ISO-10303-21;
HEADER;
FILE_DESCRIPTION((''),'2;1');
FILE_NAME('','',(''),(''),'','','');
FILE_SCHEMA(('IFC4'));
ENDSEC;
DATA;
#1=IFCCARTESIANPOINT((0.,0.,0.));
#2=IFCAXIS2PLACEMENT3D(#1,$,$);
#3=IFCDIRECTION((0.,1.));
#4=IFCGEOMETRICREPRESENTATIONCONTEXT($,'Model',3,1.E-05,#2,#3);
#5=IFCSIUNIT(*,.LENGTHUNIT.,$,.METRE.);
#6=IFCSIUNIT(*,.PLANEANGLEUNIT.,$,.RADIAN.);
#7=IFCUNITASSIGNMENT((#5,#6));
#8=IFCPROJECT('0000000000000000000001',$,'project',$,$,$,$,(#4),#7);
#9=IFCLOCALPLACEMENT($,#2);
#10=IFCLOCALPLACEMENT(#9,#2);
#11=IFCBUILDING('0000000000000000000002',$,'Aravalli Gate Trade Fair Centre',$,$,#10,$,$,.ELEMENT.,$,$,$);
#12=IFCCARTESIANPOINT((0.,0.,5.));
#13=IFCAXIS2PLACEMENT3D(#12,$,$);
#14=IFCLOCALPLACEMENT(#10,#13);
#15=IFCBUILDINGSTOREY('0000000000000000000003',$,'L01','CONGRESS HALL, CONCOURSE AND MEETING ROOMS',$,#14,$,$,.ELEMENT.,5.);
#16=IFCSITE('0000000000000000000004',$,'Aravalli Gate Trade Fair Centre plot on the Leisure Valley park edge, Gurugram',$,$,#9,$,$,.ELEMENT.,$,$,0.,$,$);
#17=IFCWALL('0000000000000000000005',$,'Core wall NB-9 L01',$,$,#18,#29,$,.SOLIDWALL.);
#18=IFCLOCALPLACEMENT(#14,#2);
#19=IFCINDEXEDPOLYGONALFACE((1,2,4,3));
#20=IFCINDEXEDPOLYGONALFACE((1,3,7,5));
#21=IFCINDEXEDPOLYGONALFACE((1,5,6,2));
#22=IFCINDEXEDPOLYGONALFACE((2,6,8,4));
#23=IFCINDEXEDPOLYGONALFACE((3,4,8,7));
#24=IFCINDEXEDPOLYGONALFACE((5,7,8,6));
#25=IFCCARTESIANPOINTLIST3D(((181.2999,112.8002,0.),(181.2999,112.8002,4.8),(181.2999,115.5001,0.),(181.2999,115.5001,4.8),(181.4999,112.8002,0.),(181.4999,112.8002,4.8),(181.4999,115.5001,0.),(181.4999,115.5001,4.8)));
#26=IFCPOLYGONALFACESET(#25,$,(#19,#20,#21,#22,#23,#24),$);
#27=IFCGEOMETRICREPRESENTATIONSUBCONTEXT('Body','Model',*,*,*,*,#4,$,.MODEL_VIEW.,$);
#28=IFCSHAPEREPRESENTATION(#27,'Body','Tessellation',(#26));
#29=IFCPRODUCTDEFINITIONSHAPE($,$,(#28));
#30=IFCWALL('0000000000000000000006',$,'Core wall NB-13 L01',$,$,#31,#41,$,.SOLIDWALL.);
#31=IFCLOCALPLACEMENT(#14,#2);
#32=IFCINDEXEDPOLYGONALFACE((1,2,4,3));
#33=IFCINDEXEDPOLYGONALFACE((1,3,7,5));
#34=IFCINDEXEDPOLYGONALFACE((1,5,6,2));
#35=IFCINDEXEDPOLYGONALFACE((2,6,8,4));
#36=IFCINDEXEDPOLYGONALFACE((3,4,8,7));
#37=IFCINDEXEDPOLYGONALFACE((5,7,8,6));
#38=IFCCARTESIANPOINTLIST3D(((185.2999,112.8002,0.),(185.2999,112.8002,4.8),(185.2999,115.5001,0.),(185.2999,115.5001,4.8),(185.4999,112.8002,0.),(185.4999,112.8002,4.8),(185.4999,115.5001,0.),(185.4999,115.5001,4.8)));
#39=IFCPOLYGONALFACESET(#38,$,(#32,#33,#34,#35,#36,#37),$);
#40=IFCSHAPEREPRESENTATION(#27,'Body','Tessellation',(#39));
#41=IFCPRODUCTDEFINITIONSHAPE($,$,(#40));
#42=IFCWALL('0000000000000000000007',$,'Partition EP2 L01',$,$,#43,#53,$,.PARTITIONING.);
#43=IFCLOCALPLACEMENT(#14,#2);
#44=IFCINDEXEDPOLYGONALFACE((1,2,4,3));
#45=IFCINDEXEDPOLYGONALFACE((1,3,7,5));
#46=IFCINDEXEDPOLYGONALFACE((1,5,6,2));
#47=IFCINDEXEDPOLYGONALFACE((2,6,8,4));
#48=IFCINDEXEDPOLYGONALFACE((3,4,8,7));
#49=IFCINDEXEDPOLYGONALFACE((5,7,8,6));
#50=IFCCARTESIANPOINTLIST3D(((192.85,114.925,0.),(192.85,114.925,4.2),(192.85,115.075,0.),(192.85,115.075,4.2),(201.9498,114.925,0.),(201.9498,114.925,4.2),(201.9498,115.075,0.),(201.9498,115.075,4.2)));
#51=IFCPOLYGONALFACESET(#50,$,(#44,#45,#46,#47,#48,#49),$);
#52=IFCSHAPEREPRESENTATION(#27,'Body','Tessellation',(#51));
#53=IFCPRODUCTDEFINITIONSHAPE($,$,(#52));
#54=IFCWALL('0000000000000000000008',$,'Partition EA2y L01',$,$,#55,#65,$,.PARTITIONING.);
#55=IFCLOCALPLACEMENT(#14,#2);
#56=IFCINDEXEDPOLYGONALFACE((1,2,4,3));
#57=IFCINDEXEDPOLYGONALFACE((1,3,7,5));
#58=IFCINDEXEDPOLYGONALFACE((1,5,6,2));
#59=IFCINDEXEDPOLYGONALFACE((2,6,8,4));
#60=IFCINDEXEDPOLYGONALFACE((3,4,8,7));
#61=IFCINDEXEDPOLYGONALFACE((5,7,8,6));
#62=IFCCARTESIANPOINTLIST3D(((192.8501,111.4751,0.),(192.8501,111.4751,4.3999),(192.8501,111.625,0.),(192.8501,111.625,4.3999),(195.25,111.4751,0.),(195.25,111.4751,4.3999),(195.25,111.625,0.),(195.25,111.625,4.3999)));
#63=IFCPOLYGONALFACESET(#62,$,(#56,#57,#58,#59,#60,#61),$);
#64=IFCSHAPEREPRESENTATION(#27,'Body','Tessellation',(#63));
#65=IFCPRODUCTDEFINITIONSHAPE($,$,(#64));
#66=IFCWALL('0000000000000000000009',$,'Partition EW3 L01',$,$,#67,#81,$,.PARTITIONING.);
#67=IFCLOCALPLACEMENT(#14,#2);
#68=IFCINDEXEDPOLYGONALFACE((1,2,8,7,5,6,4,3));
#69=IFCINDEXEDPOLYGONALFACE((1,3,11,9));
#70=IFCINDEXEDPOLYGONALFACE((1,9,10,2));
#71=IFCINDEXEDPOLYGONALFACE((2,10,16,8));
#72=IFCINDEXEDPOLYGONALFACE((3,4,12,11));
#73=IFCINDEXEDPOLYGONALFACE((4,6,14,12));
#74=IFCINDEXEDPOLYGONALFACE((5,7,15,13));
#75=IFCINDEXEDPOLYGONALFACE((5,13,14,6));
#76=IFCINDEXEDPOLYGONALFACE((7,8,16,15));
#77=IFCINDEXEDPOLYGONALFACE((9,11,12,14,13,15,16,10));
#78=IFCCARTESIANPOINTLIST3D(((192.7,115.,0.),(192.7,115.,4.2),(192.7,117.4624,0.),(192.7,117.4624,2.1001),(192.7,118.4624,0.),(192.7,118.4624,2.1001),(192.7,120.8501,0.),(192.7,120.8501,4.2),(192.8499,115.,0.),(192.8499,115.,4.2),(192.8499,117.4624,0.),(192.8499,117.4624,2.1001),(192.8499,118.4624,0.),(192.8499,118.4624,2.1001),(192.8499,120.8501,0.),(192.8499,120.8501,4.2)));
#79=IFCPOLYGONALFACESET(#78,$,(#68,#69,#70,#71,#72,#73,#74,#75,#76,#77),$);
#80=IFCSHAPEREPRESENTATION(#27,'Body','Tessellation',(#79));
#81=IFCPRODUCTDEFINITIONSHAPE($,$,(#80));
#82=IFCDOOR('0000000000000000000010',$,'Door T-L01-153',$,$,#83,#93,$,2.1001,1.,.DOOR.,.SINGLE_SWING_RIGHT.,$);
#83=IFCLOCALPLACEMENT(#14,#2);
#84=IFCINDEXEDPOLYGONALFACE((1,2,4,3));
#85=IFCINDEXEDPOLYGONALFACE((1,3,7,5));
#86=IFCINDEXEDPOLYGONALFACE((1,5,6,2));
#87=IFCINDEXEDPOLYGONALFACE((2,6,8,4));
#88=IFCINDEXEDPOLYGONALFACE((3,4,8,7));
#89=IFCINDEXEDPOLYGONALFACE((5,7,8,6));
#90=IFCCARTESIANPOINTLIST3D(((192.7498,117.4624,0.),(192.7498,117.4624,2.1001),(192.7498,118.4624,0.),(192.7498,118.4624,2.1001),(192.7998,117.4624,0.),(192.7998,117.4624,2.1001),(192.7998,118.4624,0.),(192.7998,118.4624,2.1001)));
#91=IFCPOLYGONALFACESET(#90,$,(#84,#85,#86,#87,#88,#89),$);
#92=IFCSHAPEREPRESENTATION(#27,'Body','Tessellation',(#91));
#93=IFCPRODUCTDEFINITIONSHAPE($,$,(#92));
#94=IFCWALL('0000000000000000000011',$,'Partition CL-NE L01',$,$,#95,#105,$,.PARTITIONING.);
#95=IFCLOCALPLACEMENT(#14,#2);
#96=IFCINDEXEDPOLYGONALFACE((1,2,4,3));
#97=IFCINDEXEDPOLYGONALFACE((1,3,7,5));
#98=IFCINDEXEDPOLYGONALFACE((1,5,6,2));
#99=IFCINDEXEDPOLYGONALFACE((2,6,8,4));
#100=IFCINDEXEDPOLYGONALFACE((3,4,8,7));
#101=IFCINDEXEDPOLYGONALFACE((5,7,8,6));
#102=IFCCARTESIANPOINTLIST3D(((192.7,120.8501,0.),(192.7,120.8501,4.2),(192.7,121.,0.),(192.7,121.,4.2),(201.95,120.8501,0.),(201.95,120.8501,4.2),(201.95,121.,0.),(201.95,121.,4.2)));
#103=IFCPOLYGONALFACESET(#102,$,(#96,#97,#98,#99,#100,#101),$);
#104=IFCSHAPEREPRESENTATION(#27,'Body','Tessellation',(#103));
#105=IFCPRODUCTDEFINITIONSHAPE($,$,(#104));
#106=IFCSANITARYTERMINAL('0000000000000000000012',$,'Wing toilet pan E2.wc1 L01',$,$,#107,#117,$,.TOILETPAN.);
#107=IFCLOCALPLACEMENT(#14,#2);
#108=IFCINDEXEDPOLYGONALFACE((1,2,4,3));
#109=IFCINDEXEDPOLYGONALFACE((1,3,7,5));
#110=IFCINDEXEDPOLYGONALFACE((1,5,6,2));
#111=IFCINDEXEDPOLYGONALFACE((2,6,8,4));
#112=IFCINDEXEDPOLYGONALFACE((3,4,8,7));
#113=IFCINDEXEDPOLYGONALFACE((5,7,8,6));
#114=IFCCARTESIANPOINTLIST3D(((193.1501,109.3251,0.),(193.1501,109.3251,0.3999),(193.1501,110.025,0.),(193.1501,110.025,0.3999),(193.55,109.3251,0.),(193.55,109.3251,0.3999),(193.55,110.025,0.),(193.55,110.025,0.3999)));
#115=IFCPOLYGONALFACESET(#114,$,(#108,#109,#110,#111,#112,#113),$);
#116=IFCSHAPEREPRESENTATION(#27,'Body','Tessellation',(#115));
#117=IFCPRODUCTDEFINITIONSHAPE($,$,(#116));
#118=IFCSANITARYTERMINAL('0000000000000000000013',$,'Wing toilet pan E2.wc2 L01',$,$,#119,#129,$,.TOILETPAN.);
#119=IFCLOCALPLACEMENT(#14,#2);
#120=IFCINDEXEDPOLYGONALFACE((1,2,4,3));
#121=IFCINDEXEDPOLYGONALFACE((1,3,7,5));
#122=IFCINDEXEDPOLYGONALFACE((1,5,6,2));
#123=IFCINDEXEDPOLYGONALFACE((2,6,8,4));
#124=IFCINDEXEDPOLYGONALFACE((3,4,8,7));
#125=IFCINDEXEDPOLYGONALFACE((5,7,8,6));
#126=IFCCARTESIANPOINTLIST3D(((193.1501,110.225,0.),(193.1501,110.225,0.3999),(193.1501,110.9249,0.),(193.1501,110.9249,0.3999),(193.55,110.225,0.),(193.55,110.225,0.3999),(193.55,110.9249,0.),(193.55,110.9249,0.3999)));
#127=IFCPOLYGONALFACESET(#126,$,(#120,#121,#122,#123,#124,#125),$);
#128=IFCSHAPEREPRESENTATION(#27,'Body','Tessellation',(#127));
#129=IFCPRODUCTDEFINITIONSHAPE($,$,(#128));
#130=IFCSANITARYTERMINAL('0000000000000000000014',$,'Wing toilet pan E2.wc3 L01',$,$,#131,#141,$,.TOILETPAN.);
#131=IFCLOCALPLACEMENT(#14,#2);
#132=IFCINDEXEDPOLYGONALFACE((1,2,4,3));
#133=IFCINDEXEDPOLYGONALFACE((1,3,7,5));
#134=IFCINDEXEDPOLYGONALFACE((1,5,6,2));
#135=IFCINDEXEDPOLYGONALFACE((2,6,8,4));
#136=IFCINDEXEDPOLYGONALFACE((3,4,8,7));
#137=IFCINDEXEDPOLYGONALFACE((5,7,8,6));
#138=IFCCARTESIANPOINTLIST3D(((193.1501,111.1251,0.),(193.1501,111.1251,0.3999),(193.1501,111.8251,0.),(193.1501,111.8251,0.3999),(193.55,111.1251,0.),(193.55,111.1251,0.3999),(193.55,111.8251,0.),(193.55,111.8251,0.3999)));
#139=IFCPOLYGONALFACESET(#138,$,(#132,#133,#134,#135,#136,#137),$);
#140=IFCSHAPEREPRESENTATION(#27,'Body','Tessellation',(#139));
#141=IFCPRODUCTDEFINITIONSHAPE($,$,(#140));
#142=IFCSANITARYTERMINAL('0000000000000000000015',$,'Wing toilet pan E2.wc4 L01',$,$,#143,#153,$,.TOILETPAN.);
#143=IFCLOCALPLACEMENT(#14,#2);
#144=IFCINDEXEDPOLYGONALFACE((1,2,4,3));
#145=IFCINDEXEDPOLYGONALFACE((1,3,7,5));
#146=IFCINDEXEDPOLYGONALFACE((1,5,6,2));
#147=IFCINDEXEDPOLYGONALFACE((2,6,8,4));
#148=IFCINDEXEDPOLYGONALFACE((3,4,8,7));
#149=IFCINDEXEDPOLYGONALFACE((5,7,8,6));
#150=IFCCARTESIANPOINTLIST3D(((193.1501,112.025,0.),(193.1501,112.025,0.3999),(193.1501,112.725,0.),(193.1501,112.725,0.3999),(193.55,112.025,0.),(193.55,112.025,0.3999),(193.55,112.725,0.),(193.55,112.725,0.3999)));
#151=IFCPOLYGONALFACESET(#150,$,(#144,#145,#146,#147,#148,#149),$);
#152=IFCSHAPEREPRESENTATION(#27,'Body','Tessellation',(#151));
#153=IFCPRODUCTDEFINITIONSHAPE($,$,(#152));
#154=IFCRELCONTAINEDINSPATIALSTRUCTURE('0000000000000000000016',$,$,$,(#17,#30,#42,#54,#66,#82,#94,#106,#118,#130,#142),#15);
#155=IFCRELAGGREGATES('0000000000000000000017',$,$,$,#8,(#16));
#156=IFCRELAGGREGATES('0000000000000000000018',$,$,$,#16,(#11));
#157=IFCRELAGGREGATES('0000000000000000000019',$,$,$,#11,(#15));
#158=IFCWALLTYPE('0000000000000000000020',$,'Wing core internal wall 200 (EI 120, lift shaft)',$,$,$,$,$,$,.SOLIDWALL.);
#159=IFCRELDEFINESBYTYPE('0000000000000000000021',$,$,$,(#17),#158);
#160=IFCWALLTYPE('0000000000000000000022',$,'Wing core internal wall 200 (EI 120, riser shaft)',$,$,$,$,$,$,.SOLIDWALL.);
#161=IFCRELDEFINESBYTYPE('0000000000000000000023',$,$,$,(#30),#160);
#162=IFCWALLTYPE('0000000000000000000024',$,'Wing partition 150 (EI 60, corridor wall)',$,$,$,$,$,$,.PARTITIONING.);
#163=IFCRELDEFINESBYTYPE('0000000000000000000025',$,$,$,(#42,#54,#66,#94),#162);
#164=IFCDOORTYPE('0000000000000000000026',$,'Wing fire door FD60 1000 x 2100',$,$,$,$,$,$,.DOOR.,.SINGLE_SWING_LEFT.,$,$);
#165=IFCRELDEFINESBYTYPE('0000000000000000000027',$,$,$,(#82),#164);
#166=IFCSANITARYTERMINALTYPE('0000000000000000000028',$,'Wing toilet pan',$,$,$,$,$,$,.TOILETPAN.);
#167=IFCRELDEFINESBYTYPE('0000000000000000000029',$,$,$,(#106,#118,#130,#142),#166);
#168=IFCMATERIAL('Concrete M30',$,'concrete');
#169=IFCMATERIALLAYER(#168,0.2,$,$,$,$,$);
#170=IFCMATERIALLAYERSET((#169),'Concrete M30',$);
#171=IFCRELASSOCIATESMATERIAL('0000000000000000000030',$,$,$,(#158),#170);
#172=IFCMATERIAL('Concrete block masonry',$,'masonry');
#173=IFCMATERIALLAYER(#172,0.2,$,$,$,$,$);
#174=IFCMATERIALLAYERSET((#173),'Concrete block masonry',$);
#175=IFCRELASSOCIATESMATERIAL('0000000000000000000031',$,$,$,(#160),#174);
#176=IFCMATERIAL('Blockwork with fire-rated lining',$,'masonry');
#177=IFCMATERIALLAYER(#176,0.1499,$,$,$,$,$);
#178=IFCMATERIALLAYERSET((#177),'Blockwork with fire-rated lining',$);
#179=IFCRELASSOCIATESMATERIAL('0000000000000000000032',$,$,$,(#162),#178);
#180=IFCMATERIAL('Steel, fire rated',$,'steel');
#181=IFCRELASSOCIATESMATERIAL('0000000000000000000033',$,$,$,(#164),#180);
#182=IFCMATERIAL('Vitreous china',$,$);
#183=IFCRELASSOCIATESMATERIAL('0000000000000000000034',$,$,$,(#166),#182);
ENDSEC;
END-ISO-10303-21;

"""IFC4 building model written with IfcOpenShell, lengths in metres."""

from ifc_helpers import new_model, si_unit, direction, frame, frame_2d, origin, origin_2d, place, context, subcontext, project, spatial, rectangle, extrude, material, layer, layer_set, type_object, element, fill, save


model = new_model("IFC4")

# Units and contexts
model_context = context("Model", 3, precision=1e-05, world=origin(), true_north=direction((0.0, 1.0)))
body_context = subcontext(model_context, "Body", "Model", "MODEL_VIEW")
ifc_project = project(units=[si_unit("LENGTHUNIT", "METRE"), si_unit("PLANEANGLEUNIT", "RADIAN")], contexts=[model_context])

# Site, building, storey
site_placement = place(None, origin())
site = spatial("IfcSite", under=ifc_project, at=site_placement, Name="Aravalli Gate Trade Fair Centre plot on the Leisure Valley park edge, Gurugram", CompositionType="ELEMENT", RefElevation=0.0)
building_placement = place(site_placement, origin())
building = spatial("IfcBuilding", under=site, at=building_placement, Name="Aravalli Gate Trade Fair Centre", CompositionType="ELEMENT")
storey_placement = place(building_placement, frame((0.0, 0.0, 5.0)))
storey = spatial("IfcBuildingStorey", under=building, at=storey_placement, Name="L01", Description="CONGRESS HALL, CONCOURSE AND MEETING ROOMS", CompositionType="ELEMENT", Elevation=5.0)

# Shared definitions
ifc_material_1 = material(Name="Concrete M30", Category="concrete")

# Walls
ifc_layer_1 = layer(ifc_material_1, 0.2)
ifc_layer_set_1 = layer_set([ifc_layer_1], Name="Concrete M30")
wall_type_1 = type_object("IfcWallType", Name="Wing core internal wall 200 (EI 120, lift shaft)", PredefinedType="SOLIDWALL", material=ifc_layer_set_1)
wall_1_placement = place(storey_placement, frame((181.3999, 112.8, 0.0), z_axis=(0.0, 0.0, 1.0), x_axis=(0.0, 1.0, 0.0)))
element("IfcWall", 1, at=wall_1_placement, inside=storey, type_object=wall_type_1, Name="Core wall NB-9 L01", PredefinedType="SOLIDWALL", context=body_context, shape_type="SweptSolid", body=[
    extrude(rectangle(XDim=2.7, YDim=0.2, at=frame_2d((1.3501, 0.0))), origin(), (0.0, 0.0, 1.0), 4.8),
])
ifc_material_2 = material(Name="Concrete block masonry", Category="masonry")
ifc_layer_2 = layer(ifc_material_2, 0.2)
ifc_layer_set_2 = layer_set([ifc_layer_2], Name="Concrete block masonry")
wall_type_2 = type_object("IfcWallType", Name="Wing core internal wall 200 (EI 120, riser shaft)", PredefinedType="SOLIDWALL", material=ifc_layer_set_2)
wall_2_placement = place(storey_placement, frame((185.3999, 112.8, 0.0), z_axis=(0.0, 0.0, 1.0), x_axis=(0.0, 1.0, 0.0)))
element("IfcWall", 2, at=wall_2_placement, inside=storey, type_object=wall_type_2, Name="Core wall NB-13 L01", PredefinedType="SOLIDWALL", context=body_context, shape_type="SweptSolid", body=[
    extrude(rectangle(XDim=2.7, YDim=0.2, at=frame_2d((1.3501, 0.0))), origin(), (0.0, 0.0, 1.0), 4.8),
])
ifc_material_3 = material(Name="Blockwork with fire-rated lining", Category="masonry")
ifc_layer_3 = layer(ifc_material_3, 0.1499)
ifc_layer_set_3 = layer_set([ifc_layer_3], Name="Blockwork with fire-rated lining")
wall_type_3 = type_object("IfcWallType", Name="Wing partition 150 (EI 60, corridor wall)", PredefinedType="PARTITIONING", material=ifc_layer_set_3)
wall_3_placement = place(storey_placement, frame((192.8501, 115.0, 0.0), z_axis=(0.0, 0.0, 1.0), x_axis=(1.0, 0.0, 0.0)))
element("IfcWall", 3, at=wall_3_placement, inside=storey, type_object=wall_type_3, Name="Partition EP2 L01", PredefinedType="PARTITIONING", context=body_context, shape_type="SweptSolid", body=[
    extrude(rectangle(XDim=9.0999, YDim=0.1499, at=frame_2d((4.5498, 0.0))), origin(), (0.0, 0.0, 1.0), 4.2),
])
wall_4_placement = place(storey_placement, frame((192.8501, 111.55, 0.0), z_axis=(0.0, 0.0, 1.0), x_axis=(1.0, 0.0, 0.0)))
element("IfcWall", 4, at=wall_4_placement, inside=storey, type_object=wall_type_3, Name="Partition EA2y L01", PredefinedType="PARTITIONING", context=body_context, shape_type="SweptSolid", body=[
    extrude(rectangle(XDim=2.3999, YDim=0.1499, at=frame_2d((1.2, 0.0))), origin(), (0.0, 0.0, 1.0), 4.3999),
])

# Wall, opening, door
wall_5_placement = place(storey_placement, frame((192.7749, 115.0, 0.0), z_axis=(0.0, 0.0, 1.0), x_axis=(0.0, 1.0, 0.0)))
wall_5 = element("IfcWall", 5, at=wall_5_placement, inside=storey, type_object=wall_type_3, Name="Partition EW3 L01", PredefinedType="PARTITIONING", context=body_context, shape_type="SweptSolid", body=[
    extrude(rectangle(XDim=5.8501, YDim=0.1499, at=frame_2d((2.925, 0.0))), origin(), (0.0, 0.0, 1.0), 4.2),
])
opening_1_placement = place(wall_5_placement, frame((2.4624, 0.0, 0.0)))
opening_1 = element("IfcOpeningElement", 6, at=opening_1_placement, cuts=wall_5, PredefinedType="OPENING", context=body_context, shape_type="SweptSolid", body=[
    extrude(rectangle(XDim=1.0, YDim=2.1001, at=frame_2d((0.5, 1.05))), frame((0.0, 0.085, 0.0), z_axis=(0.0, -1.0, 0.0), x_axis=(1.0, 0.0, 0.0)), (0.0, 0.0, 1.0), 0.1699),
])
ifc_material_4 = material(Name="Steel, fire rated", Category="steel")
door_type_1 = type_object("IfcDoorType", Name="Wing fire door FD60 1000 x 2100", OperationType="SINGLE_SWING_LEFT", PredefinedType="DOOR", material=ifc_material_4)
door_1_placement = place(opening_1_placement, frame((1.0, 0.0, 0.0), z_axis=(0.0, 0.0, 1.0), x_axis=(-1.0, 0.0, 0.0)))
door_1 = element("IfcDoor", 7, at=door_1_placement, inside=storey, type_object=door_type_1, Name="Door T-L01-153", OperationType="SINGLE_SWING_RIGHT", OverallHeight=2.1001, OverallWidth=1.0, PredefinedType="DOOR", context=body_context, shape_type="SweptSolid", body=[
    extrude(rectangle(XDim=1.0, YDim=2.1001, at=frame_2d((0.5, 1.05))), frame((0.0, 0.0249, 0.0), z_axis=(0.0, -1.0, 0.0), x_axis=(1.0, 0.0, 0.0)), (0.0, 0.0, 1.0), 0.05),
])
fill(opening_1, door_1)

# Wall
wall_6_placement = place(storey_placement, frame((192.7, 120.925, 0.0), z_axis=(0.0, 0.0, 1.0), x_axis=(1.0, 0.0, 0.0)))
element("IfcWall", 8, at=wall_6_placement, inside=storey, type_object=wall_type_3, Name="Partition CL-NE L01", PredefinedType="PARTITIONING", context=body_context, shape_type="SweptSolid", body=[
    extrude(rectangle(XDim=9.25, YDim=0.1499, at=frame_2d((4.625, 0.0))), origin(), (0.0, 0.0, 1.0), 4.2),
])

# Sanitary terminals
ifc_material_5 = material(Name="Vitreous china")
sanitary_terminal_type = type_object("IfcSanitaryTerminalType", Name="Wing toilet pan", PredefinedType="TOILETPAN", material=ifc_material_5)
for number, where, z_axis, x_axis, name in (
    (9, (193.3501, 109.675, 0.0), (0.0, 0.0, 1.0), (1.0, 0.0, 0.0), "Wing toilet pan E2.wc1 L01"),
    (10, (193.3501, 110.575, 0.0), (0.0, 0.0, 1.0), (1.0, 0.0, 0.0), "Wing toilet pan E2.wc2 L01"),
    (11, (193.3501, 111.4751, 0.0), (0.0, 0.0, 1.0), (1.0, 0.0, 0.0), "Wing toilet pan E2.wc3 L01"),
    (12, (193.3501, 112.375, 0.0), (0.0, 0.0, 1.0), (1.0, 0.0, 0.0), "Wing toilet pan E2.wc4 L01"),
):
    element("IfcSanitaryTerminal", number, at=place(storey_placement, frame(where, z_axis=z_axis, x_axis=x_axis)), inside=storey, type_object=sanitary_terminal_type, Name=name, PredefinedType="TOILETPAN", context=body_context, shape_type="SweptSolid", body=[
        extrude(rectangle(XDim=0.3999, YDim=0.7, at=origin_2d()), origin(), (0.0, 0.0, 1.0), 0.3999),
    ])

save(model, "model.ifc")
